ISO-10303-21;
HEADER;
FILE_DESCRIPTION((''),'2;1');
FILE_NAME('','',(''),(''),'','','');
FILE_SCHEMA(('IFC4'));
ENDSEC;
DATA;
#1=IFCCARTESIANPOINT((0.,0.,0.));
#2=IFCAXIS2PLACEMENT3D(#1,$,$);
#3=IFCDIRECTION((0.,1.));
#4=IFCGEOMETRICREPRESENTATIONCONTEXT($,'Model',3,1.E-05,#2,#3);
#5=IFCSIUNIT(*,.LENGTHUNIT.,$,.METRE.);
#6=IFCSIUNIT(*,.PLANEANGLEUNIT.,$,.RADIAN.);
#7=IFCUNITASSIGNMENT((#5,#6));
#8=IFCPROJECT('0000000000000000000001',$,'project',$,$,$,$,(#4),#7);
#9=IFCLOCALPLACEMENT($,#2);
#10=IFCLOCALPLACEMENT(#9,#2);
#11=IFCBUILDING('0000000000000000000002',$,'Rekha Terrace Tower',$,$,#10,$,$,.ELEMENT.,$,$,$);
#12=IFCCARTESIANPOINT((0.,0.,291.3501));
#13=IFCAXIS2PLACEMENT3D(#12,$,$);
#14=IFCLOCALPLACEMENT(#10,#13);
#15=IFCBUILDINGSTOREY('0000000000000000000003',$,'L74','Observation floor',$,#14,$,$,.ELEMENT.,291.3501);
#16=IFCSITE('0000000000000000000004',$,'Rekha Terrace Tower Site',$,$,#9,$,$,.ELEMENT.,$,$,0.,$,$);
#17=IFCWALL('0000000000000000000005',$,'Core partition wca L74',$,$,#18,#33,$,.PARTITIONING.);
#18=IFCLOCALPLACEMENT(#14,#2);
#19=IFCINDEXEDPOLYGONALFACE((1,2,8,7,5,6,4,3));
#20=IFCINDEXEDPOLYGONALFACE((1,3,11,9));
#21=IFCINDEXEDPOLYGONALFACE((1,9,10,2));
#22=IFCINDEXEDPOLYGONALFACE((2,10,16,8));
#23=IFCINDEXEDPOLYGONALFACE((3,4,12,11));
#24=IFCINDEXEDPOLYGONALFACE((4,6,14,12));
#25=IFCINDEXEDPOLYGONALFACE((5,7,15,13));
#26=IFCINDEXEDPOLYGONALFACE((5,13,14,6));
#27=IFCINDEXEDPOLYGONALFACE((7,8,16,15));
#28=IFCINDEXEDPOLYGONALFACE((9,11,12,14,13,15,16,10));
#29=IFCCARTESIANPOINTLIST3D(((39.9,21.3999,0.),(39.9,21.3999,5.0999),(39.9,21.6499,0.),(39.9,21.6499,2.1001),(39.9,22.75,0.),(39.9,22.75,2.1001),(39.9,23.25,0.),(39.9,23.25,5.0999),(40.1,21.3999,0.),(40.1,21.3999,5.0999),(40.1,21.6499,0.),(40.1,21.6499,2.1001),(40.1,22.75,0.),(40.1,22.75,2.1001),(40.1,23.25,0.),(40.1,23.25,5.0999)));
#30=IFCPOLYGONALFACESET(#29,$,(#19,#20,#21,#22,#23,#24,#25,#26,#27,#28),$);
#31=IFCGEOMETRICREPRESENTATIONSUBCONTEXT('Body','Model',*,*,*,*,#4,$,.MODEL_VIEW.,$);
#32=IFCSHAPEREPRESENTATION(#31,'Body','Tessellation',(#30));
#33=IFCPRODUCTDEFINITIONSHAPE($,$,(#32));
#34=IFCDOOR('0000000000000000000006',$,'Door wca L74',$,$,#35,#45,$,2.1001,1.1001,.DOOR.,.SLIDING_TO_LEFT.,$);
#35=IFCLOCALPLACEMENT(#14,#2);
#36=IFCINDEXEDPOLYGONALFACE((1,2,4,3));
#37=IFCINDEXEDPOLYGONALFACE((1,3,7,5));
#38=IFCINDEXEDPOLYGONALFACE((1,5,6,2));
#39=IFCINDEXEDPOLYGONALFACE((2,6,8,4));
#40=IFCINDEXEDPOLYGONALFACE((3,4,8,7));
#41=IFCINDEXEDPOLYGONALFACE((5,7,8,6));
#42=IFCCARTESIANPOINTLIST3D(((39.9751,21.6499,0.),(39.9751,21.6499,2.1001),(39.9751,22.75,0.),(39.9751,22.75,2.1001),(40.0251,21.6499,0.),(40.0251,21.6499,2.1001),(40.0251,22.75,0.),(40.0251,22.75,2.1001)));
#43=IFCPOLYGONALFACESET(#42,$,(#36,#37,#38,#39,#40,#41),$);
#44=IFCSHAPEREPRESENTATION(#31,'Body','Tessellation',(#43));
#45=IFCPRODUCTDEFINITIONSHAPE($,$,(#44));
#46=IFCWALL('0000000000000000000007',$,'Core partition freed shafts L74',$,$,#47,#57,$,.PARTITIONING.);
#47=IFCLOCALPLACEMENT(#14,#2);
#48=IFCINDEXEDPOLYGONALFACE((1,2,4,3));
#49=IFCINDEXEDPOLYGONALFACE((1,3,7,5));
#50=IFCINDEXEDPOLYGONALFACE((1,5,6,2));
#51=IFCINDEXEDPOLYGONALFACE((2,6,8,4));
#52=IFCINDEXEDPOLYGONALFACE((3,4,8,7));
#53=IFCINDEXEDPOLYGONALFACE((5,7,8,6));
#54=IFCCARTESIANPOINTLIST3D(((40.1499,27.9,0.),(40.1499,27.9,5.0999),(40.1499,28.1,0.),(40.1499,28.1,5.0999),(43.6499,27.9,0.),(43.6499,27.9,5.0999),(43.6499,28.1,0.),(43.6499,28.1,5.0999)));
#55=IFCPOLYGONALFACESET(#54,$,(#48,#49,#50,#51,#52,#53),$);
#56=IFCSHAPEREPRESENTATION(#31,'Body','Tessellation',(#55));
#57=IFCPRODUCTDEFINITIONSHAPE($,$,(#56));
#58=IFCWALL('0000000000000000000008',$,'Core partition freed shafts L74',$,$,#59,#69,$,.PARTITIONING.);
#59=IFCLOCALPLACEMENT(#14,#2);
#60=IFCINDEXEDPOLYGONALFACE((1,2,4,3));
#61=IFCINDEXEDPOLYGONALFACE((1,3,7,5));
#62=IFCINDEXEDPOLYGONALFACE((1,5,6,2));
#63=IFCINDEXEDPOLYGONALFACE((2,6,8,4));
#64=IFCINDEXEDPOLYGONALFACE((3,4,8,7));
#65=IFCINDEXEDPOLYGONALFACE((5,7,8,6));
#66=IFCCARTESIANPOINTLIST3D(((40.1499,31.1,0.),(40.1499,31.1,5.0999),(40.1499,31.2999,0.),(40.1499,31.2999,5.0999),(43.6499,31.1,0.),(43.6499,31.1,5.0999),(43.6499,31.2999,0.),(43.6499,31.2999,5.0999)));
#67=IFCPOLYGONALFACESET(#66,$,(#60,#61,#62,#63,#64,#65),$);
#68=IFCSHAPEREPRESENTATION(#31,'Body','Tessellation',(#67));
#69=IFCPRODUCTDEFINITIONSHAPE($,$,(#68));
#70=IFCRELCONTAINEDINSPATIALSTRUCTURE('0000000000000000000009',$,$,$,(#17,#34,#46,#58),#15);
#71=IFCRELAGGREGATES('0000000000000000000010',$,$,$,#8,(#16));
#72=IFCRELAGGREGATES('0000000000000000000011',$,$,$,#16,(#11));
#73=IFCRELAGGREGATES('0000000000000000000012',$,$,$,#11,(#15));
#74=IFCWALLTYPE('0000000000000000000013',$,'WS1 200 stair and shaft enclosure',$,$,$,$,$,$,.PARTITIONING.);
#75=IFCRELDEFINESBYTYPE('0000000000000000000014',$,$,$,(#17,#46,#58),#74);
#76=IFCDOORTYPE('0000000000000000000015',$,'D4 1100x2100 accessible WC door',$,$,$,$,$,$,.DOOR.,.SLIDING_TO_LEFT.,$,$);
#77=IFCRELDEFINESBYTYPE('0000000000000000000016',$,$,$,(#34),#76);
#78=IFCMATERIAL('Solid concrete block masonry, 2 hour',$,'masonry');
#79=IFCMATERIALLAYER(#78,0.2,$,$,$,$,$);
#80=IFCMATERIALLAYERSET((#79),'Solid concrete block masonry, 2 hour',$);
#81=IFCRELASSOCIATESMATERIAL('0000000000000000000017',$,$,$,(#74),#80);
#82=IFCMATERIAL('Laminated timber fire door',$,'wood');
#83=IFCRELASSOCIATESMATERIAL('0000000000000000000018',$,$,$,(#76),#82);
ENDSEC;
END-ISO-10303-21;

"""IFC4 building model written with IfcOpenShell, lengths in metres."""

from ifc_helpers import new_model, si_unit, direction, frame, frame_2d, origin, place, context, subcontext, project, spatial, rectangle, extrude, material, layer, layer_set, type_object, element, fill, save


model = new_model("IFC4")

# Units and contexts
model_context = context("Model", 3, precision=1e-05, world=origin(), true_north=direction((0.0, 1.0)))
body_context = subcontext(model_context, "Body", "Model", "MODEL_VIEW")
ifc_project = project(units=[si_unit("LENGTHUNIT", "METRE"), si_unit("PLANEANGLEUNIT", "RADIAN")], contexts=[model_context])

# Site, building, storey
site_placement = place(None, origin())
site = spatial("IfcSite", under=ifc_project, at=site_placement, Name="Rekha Terrace Tower Site", CompositionType="ELEMENT", RefElevation=0.0)
building_placement = place(site_placement, origin())
building = spatial("IfcBuilding", under=site, at=building_placement, Name="Rekha Terrace Tower", CompositionType="ELEMENT")
storey_placement = place(building_placement, frame((0.0, 0.0, 291.3501)))
storey = spatial("IfcBuildingStorey", under=building, at=storey_placement, Name="L74", Description="Observation floor", CompositionType="ELEMENT", Elevation=291.3501)

# Shared definitions
ifc_material_1 = material(Name="Laminated timber fire door", Category="wood")

# Shared definitions
ifc_material_2 = material(Name="Solid concrete block masonry, 2 hour", Category="masonry")
ifc_layer_1 = layer(ifc_material_2, 0.2)
ifc_layer_set_1 = layer_set([ifc_layer_1], Name="Solid concrete block masonry, 2 hour")
wall_type_1 = type_object("IfcWallType", Name="WS1 200 stair and shaft enclosure", PredefinedType="PARTITIONING", material=ifc_layer_set_1)

# Wall, opening, door
wall_1_placement = place(storey_placement, frame((40.0, 21.3999, 0.0), z_axis=(0.0, 0.0, 1.0), x_axis=(0.0, 1.0, 0.0)))
wall_1 = element("IfcWall", 1, at=wall_1_placement, inside=storey, type_object=wall_type_1, Name="Core partition wca L74", PredefinedType="PARTITIONING", context=body_context, shape_type="SweptSolid", body=[
    extrude(rectangle(XDim=1.8501, YDim=0.2, at=frame_2d((0.925, 0.0))), origin(), (0.0, 0.0, 1.0), 5.0999),
])
opening_1_placement = place(wall_1_placement, frame((0.25, 0.0, 0.0)))
opening_1 = element("IfcOpeningElement", 2, at=opening_1_placement, cuts=wall_1, PredefinedType="OPENING", context=body_context, shape_type="SweptSolid", body=[
    extrude(rectangle(XDim=1.1001, YDim=2.1001, at=frame_2d((0.55, 1.05))), frame((0.0, 0.1099, 0.0), z_axis=(0.0, -1.0, 0.0), x_axis=(1.0, 0.0, 0.0)), (0.0, 0.0, 1.0), 0.22),
])
door_type_1 = type_object("IfcDoorType", Name="D4 1100x2100 accessible WC door", OperationType="SLIDING_TO_LEFT", PredefinedType="DOOR", material=ifc_material_1)
door_1_placement = place(opening_1_placement, origin())
door_1 = element("IfcDoor", 3, at=door_1_placement, inside=storey, type_object=door_type_1, Name="Door wca L74", OperationType="SLIDING_TO_LEFT", OverallHeight=2.1001, OverallWidth=1.1001, PredefinedType="DOOR", context=body_context, shape_type="SweptSolid", body=[
    extrude(rectangle(XDim=1.1001, YDim=2.1001, at=frame_2d((0.55, 1.05))), frame((0.0, 0.0249, 0.0), z_axis=(0.0, -1.0, 0.0), x_axis=(1.0, 0.0, 0.0)), (0.0, 0.0, 1.0), 0.05),
])
fill(opening_1, door_1)

# Walls
for number, where, z_axis, x_axis, name in (
    (4, (40.1499, 28.0, 0.0), (0.0, 0.0, 1.0), (1.0, 0.0, 0.0), "Core partition freed shafts L74"),
    (5, (40.1499, 31.2, 0.0), (0.0, 0.0, 1.0), (1.0, 0.0, 0.0), "Core partition freed shafts L74"),
):
    element("IfcWall", number, at=place(storey_placement, frame(where, z_axis=z_axis, x_axis=x_axis)), inside=storey, type_object=wall_type_1, Name=name, PredefinedType="PARTITIONING", context=body_context, shape_type="SweptSolid", body=[
        extrude(rectangle(XDim=3.5, YDim=0.2, at=frame_2d((1.75, 0.0))), origin(), (0.0, 0.0, 1.0), 5.0999),
    ])

save(model, "model.ifc")
